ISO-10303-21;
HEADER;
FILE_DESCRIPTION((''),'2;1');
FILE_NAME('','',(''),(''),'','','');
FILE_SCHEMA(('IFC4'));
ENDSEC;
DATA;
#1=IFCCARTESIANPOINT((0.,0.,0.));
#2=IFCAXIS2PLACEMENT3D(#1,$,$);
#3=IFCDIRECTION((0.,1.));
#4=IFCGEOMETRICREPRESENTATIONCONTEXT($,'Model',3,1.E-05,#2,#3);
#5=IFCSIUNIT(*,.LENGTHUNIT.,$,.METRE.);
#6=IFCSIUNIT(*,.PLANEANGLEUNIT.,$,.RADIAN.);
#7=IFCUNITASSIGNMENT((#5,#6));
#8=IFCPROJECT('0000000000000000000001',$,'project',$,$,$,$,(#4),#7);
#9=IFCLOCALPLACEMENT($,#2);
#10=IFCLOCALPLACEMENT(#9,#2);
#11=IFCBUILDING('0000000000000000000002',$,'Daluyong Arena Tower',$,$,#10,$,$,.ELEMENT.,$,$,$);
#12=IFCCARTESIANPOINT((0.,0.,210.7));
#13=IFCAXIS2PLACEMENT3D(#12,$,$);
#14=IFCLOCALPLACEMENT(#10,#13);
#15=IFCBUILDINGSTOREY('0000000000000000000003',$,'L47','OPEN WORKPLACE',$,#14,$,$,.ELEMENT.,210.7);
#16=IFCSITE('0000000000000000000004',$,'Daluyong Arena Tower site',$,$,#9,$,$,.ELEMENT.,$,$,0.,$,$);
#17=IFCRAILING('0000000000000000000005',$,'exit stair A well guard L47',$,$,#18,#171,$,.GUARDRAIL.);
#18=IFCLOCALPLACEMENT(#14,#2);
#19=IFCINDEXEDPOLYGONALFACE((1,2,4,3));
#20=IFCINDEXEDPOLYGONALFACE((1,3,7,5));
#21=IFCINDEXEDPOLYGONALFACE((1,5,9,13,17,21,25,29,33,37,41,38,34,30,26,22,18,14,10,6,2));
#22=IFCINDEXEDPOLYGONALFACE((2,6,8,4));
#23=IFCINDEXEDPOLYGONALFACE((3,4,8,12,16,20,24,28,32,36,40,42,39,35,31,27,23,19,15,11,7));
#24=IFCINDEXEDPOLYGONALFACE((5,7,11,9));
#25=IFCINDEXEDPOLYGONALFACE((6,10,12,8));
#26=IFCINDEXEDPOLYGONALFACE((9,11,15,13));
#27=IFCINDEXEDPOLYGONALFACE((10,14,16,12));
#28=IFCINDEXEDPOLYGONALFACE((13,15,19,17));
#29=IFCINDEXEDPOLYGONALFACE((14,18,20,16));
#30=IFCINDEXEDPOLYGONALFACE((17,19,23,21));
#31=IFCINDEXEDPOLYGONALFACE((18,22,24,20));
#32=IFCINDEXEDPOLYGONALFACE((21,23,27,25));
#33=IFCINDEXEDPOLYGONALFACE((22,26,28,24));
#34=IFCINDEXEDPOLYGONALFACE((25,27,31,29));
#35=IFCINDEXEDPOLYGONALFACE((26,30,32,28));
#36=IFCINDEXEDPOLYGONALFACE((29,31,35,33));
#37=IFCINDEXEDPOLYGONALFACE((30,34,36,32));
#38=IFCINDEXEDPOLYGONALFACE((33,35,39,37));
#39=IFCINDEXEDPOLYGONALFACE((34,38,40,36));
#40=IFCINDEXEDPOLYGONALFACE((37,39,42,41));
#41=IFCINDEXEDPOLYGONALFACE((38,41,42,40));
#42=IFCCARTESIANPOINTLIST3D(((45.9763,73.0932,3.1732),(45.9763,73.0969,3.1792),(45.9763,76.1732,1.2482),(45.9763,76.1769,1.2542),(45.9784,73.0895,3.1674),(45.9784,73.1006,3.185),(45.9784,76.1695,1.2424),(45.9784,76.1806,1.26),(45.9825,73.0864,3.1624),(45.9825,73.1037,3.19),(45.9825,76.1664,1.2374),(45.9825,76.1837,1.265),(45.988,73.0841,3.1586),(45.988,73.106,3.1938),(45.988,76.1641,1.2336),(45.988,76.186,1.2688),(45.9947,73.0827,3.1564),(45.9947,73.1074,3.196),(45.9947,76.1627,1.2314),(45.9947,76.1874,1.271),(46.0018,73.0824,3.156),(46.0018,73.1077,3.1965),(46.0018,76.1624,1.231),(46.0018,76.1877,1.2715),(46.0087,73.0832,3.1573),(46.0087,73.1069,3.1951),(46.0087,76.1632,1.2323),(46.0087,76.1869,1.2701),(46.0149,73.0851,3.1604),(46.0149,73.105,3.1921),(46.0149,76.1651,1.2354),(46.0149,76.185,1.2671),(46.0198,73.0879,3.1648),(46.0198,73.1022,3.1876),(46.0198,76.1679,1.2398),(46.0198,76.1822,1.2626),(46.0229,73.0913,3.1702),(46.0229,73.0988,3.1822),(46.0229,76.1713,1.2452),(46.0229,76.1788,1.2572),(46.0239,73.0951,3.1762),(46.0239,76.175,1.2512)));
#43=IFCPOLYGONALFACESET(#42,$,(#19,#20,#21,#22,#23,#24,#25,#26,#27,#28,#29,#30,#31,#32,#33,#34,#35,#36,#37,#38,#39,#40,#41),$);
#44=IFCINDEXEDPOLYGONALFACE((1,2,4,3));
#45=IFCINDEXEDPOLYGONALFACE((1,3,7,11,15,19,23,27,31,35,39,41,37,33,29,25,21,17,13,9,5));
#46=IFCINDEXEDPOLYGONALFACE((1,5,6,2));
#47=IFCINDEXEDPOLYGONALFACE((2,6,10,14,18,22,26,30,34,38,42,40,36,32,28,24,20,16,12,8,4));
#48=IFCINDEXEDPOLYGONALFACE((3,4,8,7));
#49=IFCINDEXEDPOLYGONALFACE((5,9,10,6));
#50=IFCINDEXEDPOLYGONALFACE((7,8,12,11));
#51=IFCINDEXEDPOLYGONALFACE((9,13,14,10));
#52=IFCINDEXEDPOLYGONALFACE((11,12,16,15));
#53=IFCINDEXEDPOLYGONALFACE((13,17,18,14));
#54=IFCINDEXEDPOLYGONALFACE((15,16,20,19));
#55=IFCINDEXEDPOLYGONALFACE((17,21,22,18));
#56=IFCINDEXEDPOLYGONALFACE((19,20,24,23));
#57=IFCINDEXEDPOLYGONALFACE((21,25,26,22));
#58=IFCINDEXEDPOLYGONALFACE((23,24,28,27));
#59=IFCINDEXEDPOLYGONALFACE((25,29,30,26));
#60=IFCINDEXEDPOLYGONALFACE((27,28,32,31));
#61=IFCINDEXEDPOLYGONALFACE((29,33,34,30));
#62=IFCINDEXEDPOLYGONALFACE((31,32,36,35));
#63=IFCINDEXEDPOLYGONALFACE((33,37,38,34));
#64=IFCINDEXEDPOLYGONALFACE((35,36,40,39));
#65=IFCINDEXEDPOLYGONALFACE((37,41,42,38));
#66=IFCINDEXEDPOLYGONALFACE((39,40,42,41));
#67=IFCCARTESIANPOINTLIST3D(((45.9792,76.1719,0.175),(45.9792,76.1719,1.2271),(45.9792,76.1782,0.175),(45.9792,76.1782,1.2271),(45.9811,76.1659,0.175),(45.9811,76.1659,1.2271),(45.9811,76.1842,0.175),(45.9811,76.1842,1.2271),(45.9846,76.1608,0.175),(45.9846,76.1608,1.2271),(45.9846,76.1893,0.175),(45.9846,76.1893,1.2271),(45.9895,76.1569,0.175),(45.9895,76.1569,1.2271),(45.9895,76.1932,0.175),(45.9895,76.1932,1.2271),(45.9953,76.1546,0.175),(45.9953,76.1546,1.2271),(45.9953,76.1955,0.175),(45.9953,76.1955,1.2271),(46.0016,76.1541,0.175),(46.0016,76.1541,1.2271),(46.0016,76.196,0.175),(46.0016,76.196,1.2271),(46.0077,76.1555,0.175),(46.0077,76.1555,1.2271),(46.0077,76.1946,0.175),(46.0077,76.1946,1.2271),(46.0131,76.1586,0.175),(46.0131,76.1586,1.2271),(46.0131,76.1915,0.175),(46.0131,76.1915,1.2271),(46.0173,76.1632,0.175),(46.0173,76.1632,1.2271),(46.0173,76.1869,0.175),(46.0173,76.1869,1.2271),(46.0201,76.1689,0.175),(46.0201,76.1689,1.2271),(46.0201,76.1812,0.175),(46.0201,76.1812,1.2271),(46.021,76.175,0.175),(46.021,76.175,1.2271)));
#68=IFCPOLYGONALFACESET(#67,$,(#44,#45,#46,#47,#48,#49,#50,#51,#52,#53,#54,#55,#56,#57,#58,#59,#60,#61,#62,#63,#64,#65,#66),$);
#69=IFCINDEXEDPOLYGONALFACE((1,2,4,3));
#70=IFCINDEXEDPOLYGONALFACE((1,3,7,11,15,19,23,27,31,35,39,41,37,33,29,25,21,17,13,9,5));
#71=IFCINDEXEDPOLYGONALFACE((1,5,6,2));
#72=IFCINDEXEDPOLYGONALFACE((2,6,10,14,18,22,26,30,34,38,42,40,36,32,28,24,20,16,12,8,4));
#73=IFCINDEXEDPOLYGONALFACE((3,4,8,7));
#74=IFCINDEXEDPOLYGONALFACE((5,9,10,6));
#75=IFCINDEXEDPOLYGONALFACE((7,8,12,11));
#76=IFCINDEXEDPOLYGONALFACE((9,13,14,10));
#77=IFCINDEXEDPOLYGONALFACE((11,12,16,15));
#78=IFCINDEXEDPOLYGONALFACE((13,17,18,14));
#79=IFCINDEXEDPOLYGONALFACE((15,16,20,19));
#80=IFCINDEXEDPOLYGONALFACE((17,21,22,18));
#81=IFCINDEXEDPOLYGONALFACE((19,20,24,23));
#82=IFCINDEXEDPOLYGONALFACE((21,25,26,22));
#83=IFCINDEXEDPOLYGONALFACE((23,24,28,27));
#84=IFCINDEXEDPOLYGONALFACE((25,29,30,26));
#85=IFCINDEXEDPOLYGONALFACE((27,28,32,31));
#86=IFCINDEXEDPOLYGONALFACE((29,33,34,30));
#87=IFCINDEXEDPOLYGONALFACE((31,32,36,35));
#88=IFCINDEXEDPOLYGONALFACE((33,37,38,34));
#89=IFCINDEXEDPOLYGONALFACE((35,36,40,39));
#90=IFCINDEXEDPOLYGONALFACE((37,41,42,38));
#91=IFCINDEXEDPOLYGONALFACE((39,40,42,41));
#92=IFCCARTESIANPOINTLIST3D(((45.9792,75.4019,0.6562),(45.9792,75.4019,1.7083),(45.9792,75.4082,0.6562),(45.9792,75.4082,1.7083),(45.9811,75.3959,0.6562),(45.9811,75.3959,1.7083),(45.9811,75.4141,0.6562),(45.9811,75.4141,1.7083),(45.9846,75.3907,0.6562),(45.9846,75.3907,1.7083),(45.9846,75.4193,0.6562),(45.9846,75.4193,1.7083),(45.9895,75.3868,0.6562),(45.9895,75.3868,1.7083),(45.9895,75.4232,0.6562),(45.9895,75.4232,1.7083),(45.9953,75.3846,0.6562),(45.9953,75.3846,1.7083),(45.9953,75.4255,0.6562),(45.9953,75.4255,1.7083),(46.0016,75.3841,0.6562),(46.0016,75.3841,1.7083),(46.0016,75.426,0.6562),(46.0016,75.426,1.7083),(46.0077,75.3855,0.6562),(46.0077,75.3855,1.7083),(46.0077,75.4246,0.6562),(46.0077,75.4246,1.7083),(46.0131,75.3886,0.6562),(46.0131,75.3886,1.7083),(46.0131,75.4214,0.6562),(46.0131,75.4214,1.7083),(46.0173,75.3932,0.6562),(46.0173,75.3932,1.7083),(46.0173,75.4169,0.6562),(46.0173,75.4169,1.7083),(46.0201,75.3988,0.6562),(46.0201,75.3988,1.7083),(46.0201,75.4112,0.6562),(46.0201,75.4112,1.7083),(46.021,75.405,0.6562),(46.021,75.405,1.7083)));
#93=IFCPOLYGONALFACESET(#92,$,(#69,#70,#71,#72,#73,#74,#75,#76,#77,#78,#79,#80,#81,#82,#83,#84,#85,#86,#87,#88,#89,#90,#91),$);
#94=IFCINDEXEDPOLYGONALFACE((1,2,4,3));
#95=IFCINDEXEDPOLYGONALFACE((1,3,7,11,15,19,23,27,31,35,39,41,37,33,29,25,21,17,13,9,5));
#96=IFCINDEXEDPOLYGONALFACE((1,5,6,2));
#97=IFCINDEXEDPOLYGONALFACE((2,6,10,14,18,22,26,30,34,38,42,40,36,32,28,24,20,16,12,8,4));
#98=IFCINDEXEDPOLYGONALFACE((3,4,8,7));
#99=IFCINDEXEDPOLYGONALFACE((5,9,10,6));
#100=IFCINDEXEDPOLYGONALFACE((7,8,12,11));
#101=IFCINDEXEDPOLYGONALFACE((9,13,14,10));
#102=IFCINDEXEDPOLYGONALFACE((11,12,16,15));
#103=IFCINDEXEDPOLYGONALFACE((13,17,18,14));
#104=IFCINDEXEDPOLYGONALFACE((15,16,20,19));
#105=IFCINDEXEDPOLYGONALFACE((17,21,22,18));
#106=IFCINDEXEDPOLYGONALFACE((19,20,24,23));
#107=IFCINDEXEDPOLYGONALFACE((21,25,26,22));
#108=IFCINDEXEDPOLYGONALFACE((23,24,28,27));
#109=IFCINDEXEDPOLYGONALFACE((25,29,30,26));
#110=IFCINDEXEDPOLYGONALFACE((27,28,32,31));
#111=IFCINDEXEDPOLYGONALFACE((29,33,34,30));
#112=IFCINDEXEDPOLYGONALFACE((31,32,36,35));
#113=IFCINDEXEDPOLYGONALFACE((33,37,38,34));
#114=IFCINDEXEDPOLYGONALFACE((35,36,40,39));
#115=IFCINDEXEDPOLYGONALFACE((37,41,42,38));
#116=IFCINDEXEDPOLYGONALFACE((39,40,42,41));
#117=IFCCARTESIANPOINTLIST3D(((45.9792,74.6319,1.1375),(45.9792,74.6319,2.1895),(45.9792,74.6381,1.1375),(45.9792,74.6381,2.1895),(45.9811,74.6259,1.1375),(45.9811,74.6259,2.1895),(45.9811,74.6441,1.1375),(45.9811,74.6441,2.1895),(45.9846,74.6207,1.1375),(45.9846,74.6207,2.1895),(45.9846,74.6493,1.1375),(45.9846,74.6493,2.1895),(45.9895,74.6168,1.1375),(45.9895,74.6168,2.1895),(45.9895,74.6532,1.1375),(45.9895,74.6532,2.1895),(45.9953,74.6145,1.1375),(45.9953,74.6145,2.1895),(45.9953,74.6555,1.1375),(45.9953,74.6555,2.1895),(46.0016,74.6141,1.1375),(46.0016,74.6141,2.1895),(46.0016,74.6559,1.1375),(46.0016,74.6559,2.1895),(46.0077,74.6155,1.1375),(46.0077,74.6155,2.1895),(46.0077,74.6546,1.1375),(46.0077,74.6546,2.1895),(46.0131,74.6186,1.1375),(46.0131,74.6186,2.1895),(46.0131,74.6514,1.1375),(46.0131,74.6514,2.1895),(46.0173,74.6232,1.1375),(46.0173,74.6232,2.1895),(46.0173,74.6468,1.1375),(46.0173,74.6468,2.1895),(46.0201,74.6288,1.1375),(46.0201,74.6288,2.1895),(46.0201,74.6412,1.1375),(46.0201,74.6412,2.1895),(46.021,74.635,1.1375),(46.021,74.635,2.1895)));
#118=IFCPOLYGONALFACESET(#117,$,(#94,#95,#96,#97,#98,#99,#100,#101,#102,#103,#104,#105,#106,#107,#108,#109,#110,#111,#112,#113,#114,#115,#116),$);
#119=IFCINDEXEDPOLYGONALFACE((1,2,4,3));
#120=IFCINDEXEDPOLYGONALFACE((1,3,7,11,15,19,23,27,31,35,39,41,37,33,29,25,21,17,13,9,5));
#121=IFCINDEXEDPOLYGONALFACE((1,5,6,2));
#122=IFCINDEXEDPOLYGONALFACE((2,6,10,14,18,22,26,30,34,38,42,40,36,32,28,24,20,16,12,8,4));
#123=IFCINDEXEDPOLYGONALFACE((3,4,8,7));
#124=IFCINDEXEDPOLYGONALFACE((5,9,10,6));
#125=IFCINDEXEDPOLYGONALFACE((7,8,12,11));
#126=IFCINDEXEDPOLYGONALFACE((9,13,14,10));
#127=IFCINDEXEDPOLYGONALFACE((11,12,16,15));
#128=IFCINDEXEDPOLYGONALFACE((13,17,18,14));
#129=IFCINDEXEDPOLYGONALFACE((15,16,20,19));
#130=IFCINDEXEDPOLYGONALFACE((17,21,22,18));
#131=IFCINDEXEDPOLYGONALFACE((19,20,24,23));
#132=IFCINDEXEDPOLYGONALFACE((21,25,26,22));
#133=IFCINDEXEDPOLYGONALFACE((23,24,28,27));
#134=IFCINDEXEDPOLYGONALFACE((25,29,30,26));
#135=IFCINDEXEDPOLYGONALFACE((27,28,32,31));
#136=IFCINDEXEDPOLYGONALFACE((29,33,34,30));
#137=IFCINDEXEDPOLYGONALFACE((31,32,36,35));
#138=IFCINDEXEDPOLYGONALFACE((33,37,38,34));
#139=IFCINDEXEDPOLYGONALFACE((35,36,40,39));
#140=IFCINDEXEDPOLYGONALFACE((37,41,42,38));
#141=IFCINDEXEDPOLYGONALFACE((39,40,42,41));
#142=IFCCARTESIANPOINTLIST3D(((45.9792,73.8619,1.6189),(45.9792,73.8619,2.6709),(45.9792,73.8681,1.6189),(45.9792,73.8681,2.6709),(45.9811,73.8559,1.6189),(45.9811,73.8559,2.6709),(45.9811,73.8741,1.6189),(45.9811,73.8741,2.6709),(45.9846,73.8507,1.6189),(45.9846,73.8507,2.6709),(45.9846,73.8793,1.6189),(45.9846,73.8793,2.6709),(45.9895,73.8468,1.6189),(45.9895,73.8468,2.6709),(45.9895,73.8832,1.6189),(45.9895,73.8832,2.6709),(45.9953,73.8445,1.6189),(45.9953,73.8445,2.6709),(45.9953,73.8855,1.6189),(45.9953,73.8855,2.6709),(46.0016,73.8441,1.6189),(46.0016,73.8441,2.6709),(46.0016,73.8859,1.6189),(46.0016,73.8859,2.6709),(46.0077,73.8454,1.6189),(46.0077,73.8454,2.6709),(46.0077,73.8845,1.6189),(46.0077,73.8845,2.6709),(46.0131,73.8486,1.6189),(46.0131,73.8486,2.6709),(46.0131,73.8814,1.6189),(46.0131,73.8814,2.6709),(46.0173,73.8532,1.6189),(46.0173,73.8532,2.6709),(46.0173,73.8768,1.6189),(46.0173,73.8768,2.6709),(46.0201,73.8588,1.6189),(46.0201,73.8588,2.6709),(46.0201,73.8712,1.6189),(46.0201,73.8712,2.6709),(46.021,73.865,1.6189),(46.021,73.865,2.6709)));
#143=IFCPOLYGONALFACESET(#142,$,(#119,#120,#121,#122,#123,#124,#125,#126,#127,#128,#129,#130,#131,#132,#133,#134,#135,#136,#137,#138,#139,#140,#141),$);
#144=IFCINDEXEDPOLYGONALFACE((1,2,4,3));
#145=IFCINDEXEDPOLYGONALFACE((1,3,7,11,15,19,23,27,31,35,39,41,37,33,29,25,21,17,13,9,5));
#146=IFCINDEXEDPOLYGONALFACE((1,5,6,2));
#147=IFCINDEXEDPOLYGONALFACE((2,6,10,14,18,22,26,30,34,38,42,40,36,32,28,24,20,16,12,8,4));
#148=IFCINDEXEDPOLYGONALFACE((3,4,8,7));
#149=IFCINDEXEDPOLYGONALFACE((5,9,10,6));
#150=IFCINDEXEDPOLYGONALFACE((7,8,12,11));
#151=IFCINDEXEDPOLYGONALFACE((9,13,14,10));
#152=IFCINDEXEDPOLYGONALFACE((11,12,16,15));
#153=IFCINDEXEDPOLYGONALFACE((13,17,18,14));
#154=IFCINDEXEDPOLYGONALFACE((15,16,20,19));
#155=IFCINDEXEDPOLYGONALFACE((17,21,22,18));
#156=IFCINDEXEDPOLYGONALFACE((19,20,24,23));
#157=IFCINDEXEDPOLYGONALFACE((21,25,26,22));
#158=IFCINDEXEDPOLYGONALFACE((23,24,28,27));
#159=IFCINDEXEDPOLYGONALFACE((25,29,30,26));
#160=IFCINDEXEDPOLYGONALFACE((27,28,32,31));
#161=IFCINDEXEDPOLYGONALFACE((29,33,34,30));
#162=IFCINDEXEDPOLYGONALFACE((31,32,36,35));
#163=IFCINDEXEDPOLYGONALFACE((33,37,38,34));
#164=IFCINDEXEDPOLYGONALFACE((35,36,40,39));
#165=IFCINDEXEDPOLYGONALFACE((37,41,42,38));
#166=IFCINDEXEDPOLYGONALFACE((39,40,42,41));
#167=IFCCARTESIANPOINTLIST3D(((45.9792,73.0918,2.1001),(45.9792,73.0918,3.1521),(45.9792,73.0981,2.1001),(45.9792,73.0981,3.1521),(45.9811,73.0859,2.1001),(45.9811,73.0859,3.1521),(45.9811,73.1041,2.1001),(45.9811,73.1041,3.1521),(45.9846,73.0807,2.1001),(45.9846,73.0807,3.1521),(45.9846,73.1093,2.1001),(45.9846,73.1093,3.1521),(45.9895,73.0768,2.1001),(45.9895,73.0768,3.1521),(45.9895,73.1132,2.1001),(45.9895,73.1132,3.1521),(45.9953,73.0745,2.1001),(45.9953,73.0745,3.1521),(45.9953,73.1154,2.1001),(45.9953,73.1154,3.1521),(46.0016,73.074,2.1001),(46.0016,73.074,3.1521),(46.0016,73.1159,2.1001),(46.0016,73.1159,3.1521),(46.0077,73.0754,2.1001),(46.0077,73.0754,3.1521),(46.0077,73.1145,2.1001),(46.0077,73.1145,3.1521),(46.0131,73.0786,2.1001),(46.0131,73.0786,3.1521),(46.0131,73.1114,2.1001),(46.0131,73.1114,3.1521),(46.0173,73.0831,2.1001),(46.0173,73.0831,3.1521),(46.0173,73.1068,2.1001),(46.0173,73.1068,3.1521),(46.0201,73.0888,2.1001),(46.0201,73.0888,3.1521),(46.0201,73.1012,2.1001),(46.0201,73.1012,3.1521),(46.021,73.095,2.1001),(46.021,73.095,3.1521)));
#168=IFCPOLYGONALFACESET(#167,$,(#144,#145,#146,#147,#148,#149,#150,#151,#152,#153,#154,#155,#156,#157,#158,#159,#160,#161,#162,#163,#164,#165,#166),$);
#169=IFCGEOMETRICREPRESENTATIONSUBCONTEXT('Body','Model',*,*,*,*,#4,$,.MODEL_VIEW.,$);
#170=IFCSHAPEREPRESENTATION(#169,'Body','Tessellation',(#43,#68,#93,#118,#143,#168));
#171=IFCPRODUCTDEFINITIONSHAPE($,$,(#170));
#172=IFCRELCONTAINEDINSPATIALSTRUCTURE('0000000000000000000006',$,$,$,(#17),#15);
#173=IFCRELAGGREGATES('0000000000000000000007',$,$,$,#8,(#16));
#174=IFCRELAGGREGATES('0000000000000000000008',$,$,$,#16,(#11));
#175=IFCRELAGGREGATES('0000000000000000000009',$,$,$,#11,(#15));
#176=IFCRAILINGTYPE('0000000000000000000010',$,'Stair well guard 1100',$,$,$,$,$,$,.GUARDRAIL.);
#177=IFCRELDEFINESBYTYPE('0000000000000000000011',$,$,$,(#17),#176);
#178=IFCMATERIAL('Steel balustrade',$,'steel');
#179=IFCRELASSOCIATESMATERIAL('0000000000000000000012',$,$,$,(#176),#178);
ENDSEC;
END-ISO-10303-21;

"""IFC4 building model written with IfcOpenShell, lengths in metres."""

from ifc_helpers import new_model, si_unit, direction, frame, origin, origin_2d, place, context, subcontext, project, spatial, circle, extrude, material, type_object, element, save


model = new_model("IFC4")

# Units and contexts
model_context = context("Model", 3, precision=1e-05, world=origin(), true_north=direction((0.0, 1.0)))
body_context = subcontext(model_context, "Body", "Model", "MODEL_VIEW")
ifc_project = project(units=[si_unit("LENGTHUNIT", "METRE"), si_unit("PLANEANGLEUNIT", "RADIAN")], contexts=[model_context])

# Site, building, storey
site_placement = place(None, origin())
site = spatial("IfcSite", under=ifc_project, at=site_placement, Name="Daluyong Arena Tower site", CompositionType="ELEMENT", RefElevation=0.0)
building_placement = place(site_placement, origin())
building = spatial("IfcBuilding", under=site, at=building_placement, Name="Daluyong Arena Tower", CompositionType="ELEMENT")
storey_placement = place(building_placement, frame((0.0, 0.0, 210.7)))
storey = spatial("IfcBuildingStorey", under=building, at=storey_placement, Name="L47", Description="OPEN WORKPLACE", CompositionType="ELEMENT", Elevation=210.7)

# Railing
ifc_material_1 = material(Name="Steel balustrade", Category="steel")
railing_type_1 = type_object("IfcRailingType", Name="Stair well guard 1100", PredefinedType="GUARDRAIL", material=ifc_material_1)
railing_1_placement = place(storey_placement, frame((46.0, 76.175, 0.175)))
element("IfcRailing", 1, at=railing_1_placement, inside=storey, type_object=railing_type_1, Name="exit stair A well guard L47", PredefinedType="GUARDRAIL", context=body_context, shape_type="SweptSolid", body=[
    extrude(circle(Radius=0.0239, at=origin_2d()), frame((0.0, 0.0, 1.0762), z_axis=(0.0, -0.847998, 0.529999), x_axis=(1.0, 0.0, 0.0)), (0.0, 0.0, 1.0), 3.6321),
    extrude(circle(Radius=0.021, at=origin_2d()), origin(), (0.0, 0.0, 1.0), 1.052),
    extrude(circle(Radius=0.021, at=origin_2d()), frame((0.0, -0.77, 0.4812)), (0.0, 0.0, 1.0), 1.052),
    extrude(circle(Radius=0.021, at=origin_2d()), frame((0.0, -1.54, 0.9624)), (0.0, 0.0, 1.0), 1.052),
    extrude(circle(Radius=0.021, at=origin_2d()), frame((0.0, -2.3101, 1.4438)), (0.0, 0.0, 1.0), 1.052),
    extrude(circle(Radius=0.021, at=origin_2d()), frame((0.0, -3.0801, 1.925)), (0.0, 0.0, 1.0), 1.052),
])

save(model, "model.ifc")
